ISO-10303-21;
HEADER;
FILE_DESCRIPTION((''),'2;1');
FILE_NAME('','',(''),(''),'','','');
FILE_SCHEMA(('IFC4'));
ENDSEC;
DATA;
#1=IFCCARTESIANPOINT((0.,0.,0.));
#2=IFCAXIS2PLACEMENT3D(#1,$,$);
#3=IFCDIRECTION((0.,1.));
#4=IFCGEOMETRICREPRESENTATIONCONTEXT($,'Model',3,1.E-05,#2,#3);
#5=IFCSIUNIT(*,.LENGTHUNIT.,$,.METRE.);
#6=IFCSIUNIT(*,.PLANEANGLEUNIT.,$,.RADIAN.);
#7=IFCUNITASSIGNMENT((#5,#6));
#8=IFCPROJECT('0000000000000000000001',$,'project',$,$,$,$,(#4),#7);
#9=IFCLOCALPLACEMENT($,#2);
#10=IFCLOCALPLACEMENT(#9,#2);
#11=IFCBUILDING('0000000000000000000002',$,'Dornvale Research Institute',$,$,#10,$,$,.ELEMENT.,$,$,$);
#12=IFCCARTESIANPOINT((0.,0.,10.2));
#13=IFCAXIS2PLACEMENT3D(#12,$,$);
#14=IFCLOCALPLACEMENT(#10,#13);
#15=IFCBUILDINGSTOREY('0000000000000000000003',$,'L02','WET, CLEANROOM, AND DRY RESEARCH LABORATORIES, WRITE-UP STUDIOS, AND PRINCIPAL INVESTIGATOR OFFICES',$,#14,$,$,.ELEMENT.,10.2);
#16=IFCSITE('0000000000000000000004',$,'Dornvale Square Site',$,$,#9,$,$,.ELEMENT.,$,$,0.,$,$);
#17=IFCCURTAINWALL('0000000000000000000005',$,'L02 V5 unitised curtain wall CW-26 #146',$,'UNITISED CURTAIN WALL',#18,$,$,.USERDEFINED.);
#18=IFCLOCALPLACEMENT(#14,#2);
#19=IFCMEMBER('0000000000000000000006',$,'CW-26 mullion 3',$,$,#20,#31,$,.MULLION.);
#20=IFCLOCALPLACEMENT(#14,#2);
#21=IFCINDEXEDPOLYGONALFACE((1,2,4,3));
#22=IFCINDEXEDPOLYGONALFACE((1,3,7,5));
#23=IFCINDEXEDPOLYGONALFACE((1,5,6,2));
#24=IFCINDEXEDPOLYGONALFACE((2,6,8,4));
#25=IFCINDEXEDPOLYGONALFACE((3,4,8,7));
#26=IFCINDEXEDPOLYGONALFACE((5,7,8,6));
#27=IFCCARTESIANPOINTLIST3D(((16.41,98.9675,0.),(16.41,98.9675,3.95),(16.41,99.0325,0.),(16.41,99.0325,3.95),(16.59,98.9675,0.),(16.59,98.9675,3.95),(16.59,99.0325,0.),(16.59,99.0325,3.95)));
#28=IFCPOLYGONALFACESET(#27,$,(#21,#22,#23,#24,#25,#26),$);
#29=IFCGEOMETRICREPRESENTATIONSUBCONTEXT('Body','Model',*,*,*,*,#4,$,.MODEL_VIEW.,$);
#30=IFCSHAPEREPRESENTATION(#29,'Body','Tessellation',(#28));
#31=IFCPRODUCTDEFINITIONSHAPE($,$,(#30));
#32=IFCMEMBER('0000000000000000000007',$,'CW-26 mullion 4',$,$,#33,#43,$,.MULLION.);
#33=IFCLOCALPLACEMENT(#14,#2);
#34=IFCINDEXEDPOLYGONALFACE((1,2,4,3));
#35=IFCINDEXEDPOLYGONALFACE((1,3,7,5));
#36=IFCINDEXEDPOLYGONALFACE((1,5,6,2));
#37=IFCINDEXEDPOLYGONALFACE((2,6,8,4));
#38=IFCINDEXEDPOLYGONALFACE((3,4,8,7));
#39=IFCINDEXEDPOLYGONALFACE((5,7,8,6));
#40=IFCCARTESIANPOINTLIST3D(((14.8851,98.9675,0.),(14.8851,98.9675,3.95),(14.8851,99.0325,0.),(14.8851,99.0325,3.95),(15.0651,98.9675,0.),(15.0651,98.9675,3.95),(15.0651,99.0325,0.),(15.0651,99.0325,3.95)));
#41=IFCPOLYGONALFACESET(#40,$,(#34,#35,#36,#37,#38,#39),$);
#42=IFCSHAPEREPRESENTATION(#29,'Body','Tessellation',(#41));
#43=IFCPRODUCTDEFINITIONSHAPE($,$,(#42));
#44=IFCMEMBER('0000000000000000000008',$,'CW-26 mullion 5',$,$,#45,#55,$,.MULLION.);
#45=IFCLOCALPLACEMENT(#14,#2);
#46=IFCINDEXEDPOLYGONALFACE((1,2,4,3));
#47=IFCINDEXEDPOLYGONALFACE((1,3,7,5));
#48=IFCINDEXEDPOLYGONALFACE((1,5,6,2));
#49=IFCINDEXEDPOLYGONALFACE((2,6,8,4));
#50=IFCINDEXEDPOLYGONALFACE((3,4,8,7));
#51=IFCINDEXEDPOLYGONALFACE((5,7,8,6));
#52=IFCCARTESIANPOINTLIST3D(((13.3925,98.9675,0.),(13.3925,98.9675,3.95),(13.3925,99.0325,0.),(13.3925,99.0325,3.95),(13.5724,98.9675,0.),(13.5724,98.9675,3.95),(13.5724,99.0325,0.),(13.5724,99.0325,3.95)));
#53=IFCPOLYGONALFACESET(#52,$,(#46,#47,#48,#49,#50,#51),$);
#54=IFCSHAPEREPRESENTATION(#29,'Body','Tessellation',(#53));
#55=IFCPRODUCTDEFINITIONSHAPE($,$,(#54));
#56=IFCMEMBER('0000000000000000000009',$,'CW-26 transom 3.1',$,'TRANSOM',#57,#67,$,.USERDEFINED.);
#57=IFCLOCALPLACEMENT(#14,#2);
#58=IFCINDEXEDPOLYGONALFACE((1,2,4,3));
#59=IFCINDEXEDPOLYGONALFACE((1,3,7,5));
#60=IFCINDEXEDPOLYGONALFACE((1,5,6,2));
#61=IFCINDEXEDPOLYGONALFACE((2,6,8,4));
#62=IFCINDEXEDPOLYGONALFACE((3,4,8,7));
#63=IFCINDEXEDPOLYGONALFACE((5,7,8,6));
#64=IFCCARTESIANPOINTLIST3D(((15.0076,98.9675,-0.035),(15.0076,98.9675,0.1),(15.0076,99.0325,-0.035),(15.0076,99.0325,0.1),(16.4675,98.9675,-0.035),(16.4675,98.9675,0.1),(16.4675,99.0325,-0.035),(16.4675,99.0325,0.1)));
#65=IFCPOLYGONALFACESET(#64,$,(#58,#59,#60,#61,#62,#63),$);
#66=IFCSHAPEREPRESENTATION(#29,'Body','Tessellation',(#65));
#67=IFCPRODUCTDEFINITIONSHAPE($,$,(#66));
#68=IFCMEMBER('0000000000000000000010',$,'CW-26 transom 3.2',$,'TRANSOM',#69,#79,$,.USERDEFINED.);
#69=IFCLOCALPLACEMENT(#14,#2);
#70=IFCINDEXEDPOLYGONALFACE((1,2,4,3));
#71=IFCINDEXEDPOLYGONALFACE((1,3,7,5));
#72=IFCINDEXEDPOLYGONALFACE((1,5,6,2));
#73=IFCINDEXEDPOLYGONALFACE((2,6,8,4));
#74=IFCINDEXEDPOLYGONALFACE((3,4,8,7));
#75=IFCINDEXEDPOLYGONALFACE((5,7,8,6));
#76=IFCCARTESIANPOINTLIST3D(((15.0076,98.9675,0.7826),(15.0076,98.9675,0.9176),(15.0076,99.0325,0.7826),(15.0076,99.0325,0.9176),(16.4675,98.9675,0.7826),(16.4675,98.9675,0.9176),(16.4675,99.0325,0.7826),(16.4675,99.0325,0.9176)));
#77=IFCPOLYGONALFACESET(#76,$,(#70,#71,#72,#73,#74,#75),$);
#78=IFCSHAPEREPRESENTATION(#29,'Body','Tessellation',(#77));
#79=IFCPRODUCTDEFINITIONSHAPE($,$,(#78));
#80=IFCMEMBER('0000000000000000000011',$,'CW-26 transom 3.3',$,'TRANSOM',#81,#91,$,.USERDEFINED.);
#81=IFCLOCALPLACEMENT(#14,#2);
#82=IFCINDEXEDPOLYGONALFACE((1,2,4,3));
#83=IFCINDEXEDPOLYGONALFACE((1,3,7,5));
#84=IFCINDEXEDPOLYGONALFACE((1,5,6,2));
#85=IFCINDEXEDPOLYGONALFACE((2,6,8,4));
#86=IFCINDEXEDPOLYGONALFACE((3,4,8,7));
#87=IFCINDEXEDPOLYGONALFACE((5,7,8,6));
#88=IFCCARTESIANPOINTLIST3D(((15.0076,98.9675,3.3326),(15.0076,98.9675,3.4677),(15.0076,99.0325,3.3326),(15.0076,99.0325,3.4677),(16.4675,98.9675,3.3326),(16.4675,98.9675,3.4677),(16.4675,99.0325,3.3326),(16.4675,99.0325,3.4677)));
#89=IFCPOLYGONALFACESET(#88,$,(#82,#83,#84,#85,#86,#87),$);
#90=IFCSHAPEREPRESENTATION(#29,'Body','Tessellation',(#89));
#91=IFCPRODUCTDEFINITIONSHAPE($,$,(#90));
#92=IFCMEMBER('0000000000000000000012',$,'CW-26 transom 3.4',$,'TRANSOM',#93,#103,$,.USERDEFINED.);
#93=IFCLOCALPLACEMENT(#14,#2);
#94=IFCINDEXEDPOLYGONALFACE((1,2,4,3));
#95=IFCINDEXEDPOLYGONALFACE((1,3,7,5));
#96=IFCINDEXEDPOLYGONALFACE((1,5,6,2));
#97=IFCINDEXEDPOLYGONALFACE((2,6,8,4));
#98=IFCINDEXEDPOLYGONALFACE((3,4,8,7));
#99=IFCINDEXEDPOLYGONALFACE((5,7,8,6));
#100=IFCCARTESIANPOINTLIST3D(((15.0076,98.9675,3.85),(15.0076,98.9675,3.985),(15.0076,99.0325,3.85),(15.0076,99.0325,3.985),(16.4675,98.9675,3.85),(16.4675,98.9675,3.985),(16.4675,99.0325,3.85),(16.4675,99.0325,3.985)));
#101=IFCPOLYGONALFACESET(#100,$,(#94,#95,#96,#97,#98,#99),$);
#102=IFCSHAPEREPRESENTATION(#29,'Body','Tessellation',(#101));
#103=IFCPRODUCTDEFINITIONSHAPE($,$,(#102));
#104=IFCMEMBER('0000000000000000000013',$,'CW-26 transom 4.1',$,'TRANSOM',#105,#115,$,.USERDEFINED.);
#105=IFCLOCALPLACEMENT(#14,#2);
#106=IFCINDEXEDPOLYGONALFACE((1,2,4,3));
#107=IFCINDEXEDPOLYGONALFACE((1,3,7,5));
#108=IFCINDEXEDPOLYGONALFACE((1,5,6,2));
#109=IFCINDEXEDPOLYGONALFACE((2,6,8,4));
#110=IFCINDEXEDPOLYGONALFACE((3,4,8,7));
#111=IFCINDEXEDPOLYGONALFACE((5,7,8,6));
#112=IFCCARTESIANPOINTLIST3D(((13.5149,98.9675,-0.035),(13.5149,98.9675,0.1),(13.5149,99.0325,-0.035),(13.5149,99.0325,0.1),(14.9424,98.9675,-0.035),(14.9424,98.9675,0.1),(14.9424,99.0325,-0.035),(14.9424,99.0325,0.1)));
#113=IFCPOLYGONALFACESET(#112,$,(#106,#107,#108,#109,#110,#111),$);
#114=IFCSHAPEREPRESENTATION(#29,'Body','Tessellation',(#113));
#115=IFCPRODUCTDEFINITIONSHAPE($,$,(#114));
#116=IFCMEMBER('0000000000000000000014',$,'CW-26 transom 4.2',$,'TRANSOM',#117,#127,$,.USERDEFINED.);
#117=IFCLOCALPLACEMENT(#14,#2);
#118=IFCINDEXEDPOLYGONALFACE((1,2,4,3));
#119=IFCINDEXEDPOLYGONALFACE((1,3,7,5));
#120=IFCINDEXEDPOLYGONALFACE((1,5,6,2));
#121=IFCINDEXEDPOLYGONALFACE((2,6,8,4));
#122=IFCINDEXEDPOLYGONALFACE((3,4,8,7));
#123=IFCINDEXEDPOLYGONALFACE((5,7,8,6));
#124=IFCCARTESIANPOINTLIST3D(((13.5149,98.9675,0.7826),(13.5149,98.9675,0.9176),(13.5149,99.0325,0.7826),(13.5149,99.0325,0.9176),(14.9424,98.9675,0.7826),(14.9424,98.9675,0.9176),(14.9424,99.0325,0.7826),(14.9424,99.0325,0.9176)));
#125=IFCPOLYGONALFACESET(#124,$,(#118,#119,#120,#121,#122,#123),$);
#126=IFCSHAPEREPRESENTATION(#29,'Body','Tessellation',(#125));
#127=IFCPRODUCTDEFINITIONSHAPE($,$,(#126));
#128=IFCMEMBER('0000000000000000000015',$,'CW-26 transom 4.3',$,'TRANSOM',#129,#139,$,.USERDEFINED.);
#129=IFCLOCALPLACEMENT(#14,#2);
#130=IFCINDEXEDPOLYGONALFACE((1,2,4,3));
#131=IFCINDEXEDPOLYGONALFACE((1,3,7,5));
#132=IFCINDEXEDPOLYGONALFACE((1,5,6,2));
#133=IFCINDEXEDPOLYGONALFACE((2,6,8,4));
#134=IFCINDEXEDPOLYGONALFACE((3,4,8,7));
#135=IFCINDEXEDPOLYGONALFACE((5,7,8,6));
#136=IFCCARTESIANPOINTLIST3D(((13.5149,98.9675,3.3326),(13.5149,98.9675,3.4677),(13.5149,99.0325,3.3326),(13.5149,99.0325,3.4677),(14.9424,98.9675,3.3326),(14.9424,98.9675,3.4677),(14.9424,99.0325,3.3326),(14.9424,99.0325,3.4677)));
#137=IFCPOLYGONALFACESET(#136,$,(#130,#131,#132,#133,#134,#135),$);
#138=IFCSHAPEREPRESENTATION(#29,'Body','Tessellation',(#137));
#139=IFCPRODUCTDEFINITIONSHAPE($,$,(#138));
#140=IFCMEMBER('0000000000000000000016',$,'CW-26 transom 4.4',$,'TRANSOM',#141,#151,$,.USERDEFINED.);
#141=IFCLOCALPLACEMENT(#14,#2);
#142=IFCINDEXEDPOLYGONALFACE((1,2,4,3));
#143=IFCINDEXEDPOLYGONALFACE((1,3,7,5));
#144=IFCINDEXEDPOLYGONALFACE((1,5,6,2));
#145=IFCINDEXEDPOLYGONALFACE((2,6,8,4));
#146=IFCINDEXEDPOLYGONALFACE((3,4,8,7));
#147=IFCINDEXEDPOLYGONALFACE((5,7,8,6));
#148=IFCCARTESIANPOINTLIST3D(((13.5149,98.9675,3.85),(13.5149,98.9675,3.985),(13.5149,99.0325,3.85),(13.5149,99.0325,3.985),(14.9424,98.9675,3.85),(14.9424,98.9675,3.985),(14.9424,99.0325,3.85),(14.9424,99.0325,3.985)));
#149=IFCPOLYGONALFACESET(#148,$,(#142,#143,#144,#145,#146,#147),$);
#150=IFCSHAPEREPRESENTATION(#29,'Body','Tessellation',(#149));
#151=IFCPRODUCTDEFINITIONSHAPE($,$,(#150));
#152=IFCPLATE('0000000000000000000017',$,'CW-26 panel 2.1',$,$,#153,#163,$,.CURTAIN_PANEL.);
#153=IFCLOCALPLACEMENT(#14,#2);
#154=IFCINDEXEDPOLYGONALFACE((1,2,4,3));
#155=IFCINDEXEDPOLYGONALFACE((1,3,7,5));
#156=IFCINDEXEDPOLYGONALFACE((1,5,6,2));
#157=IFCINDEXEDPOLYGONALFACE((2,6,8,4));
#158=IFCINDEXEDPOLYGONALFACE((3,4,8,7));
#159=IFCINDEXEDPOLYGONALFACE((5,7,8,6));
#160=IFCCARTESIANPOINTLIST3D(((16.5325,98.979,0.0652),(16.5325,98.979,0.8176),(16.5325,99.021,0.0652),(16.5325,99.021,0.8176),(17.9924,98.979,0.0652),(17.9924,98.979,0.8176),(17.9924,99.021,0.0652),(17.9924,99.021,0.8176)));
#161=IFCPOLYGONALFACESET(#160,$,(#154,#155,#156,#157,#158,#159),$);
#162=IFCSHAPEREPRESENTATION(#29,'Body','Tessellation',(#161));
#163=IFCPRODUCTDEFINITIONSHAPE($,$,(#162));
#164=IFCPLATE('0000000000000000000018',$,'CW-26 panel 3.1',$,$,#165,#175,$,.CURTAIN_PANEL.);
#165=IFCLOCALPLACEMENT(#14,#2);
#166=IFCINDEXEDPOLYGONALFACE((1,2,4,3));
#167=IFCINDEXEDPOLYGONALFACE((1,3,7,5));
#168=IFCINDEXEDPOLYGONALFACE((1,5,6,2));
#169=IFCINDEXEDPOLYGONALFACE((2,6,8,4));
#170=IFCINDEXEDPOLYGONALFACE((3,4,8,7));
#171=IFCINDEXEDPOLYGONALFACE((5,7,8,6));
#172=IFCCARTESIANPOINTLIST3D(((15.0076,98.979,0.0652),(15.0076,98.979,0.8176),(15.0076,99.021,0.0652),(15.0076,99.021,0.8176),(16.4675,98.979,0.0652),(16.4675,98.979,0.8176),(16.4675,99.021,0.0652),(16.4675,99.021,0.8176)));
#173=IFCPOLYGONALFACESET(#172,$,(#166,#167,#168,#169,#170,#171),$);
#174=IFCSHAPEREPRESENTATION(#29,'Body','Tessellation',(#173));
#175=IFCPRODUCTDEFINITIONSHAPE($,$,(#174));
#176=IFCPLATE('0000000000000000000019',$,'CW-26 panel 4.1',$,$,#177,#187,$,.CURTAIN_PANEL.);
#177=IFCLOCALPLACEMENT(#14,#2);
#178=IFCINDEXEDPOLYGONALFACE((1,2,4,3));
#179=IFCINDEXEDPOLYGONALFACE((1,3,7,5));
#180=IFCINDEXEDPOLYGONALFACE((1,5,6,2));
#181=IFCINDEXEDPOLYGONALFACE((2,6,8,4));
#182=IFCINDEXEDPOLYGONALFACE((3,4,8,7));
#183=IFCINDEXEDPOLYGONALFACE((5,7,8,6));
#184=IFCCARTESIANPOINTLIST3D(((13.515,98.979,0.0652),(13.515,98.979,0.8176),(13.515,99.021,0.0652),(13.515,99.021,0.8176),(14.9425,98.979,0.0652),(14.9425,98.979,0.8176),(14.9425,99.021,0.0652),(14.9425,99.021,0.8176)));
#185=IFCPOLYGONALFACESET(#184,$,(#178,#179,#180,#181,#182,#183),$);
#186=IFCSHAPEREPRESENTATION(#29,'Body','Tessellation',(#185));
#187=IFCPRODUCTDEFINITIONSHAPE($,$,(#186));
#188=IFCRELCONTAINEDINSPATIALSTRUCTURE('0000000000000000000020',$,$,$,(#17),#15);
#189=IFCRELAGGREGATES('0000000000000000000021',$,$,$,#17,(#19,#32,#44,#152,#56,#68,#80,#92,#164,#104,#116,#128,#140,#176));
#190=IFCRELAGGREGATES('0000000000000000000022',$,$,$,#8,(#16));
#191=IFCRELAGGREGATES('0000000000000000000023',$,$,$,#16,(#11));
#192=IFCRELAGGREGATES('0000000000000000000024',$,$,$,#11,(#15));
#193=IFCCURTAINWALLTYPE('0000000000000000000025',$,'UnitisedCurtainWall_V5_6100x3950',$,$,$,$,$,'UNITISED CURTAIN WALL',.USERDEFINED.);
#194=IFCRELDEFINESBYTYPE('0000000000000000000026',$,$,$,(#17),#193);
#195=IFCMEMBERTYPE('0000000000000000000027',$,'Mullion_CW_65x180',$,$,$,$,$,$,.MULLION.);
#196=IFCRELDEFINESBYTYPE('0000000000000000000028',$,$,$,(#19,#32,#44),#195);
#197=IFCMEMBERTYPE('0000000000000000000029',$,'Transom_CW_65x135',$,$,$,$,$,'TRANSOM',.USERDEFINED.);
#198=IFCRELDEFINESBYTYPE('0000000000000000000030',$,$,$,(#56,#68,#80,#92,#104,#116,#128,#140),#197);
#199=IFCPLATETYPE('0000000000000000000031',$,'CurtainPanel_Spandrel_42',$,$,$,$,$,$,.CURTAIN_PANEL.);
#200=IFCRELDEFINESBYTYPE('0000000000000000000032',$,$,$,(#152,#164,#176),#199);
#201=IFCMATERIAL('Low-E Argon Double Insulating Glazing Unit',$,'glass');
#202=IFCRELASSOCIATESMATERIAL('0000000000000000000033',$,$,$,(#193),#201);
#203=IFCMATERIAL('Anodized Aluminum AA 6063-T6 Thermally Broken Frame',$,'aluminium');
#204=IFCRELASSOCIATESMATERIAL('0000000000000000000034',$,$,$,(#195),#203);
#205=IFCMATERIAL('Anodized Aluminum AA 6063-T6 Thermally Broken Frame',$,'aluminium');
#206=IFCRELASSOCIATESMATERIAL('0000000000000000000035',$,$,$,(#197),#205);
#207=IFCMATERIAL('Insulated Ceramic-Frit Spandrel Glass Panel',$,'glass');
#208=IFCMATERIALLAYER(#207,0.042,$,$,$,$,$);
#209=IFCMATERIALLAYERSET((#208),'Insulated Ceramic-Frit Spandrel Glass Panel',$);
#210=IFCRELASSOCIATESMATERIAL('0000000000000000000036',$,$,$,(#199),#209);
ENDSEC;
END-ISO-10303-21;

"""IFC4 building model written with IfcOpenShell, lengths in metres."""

from ifc_helpers import new_model, si_unit, direction, frame, origin, origin_2d, place, context, subcontext, project, spatial, rectangle, extrude, material, layer, layer_set, material_profile, profile_set, type_object, element, aggregate, save


model = new_model("IFC4")

# Units and contexts
model_context = context("Model", 3, precision=1e-05, world=origin(), true_north=direction((0.0, 1.0)))
body_context = subcontext(model_context, "Body", "Model", "MODEL_VIEW")
ifc_project = project(units=[si_unit("LENGTHUNIT", "METRE"), si_unit("PLANEANGLEUNIT", "RADIAN")], contexts=[model_context])

# Site, building, storey
site_placement = place(None, origin())
site = spatial("IfcSite", under=ifc_project, at=site_placement, Name="Dornvale Square Site", CompositionType="ELEMENT", RefElevation=0.0)
building_placement = place(site_placement, origin())
building = spatial("IfcBuilding", under=site, at=building_placement, Name="Dornvale Research Institute", CompositionType="ELEMENT")
storey_placement = place(building_placement, frame((0.0, 0.0, 10.2)))
storey = spatial("IfcBuildingStorey", under=building, at=storey_placement, Name="L02", Description="WET, CLEANROOM, AND DRY RESEARCH LABORATORIES, WRITE-UP STUDIOS, AND PRINCIPAL INVESTIGATOR OFFICES", CompositionType="ELEMENT", Elevation=10.2)

# Curtain wall, members, plates
ifc_material_1 = material(Name="Low-E Argon Double Insulating Glazing Unit", Category="glass")
curtain_wall_type = type_object("IfcCurtainWallType", Name="UnitisedCurtainWall_V5_6100x3950", ElementType="UNITISED CURTAIN WALL", PredefinedType="USERDEFINED", material=ifc_material_1)
curtain_wall_placement = place(storey_placement, origin())
curtain_wall = element("IfcCurtainWall", 1, at=curtain_wall_placement, inside=storey, type_object=curtain_wall_type, Name="L02 V5 unitised curtain wall CW-26 #146", ObjectType="UNITISED CURTAIN WALL", PredefinedType="USERDEFINED")
ifc_material_2 = material(Name="Anodized Aluminum AA 6063-T6 Thermally Broken Frame", Category="aluminium")
ifc_material_profile_1 = material_profile(ifc_material_2, rectangle(XDim=0.0649, YDim=0.1799, at=origin_2d()), Name="ALU MULLION 65x180")
ifc_profile_set_1 = profile_set([ifc_material_profile_1], Name="Anodized Aluminum AA 6063-T6 Thermally Broken Frame")
member_type_1 = type_object("IfcMemberType", Name="Mullion_CW_65x180", PredefinedType="MULLION", material=ifc_profile_set_1)
member_1_placement = place(storey_placement, frame((16.5, 99.0, 0.0), z_axis=(0.0, 0.0, 1.0), x_axis=(0.0, -1.0, 0.0)))
member_1 = element("IfcMember", 2, at=member_1_placement, type_object=member_type_1, Name="CW-26 mullion 3", PredefinedType="MULLION", context=body_context, shape_type="SweptSolid", body=[
    extrude(rectangle(XDim=0.0649, YDim=0.1799, at=origin_2d()), origin(), (0.0, 0.0, 1.0), 3.95),
])
member_2_placement = place(storey_placement, frame((14.9751, 99.0, 0.0), z_axis=(0.0, 0.0, 1.0), x_axis=(0.0, -1.0, 0.0)))
member_2 = element("IfcMember", 3, at=member_2_placement, type_object=member_type_1, Name="CW-26 mullion 4", PredefinedType="MULLION", context=body_context, shape_type="SweptSolid", body=[
    extrude(rectangle(XDim=0.0649, YDim=0.1799, at=origin_2d()), origin(), (0.0, 0.0, 1.0), 3.95),
])
member_3_placement = place(storey_placement, frame((13.4824, 99.0, 0.0), z_axis=(0.0, 0.0, 1.0), x_axis=(0.0, -1.0, 0.0)))
member_3 = element("IfcMember", 4, at=member_3_placement, type_object=member_type_1, Name="CW-26 mullion 5", PredefinedType="MULLION", context=body_context, shape_type="SweptSolid", body=[
    extrude(rectangle(XDim=0.0649, YDim=0.1799, at=origin_2d()), origin(), (0.0, 0.0, 1.0), 3.95),
])
ifc_material_3 = material(Name="Anodized Aluminum AA 6063-T6 Thermally Broken Frame", Category="aluminium")
ifc_material_profile_2 = material_profile(ifc_material_3, rectangle(XDim=0.0649, YDim=0.135, at=origin_2d()), Name="ALU TRANSOM 65x135")
ifc_profile_set_2 = profile_set([ifc_material_profile_2], Name="Anodized Aluminum AA 6063-T6 Thermally Broken Frame")
member_type_2 = type_object("IfcMemberType", Name="Transom_CW_65x135", ElementType="TRANSOM", PredefinedType="USERDEFINED", material=ifc_profile_set_2)
member_4_placement = place(storey_placement, frame((16.4675, 99.0, 0.0325), z_axis=(-1.0, 0.0, 0.0), x_axis=(0.0, -1.0, 0.0)))
member_4 = element("IfcMember", 5, at=member_4_placement, type_object=member_type_2, Name="CW-26 transom 3.1", ObjectType="TRANSOM", PredefinedType="USERDEFINED", context=body_context, shape_type="SweptSolid", body=[
    extrude(rectangle(XDim=0.0649, YDim=0.135, at=origin_2d()), origin(), (0.0, 0.0, 1.0), 1.46),
])
member_5_placement = place(storey_placement, frame((16.4675, 99.0, 0.8501), z_axis=(-1.0, 0.0, 0.0), x_axis=(0.0, -1.0, 0.0)))
member_5 = element("IfcMember", 6, at=member_5_placement, type_object=member_type_2, Name="CW-26 transom 3.2", ObjectType="TRANSOM", PredefinedType="USERDEFINED", context=body_context, shape_type="SweptSolid", body=[
    extrude(rectangle(XDim=0.0649, YDim=0.135, at=origin_2d()), origin(), (0.0, 0.0, 1.0), 1.46),
])
member_6_placement = place(storey_placement, frame((16.4675, 99.0, 3.4001), z_axis=(-1.0, 0.0, 0.0), x_axis=(0.0, -1.0, 0.0)))
member_6 = element("IfcMember", 7, at=member_6_placement, type_object=member_type_2, Name="CW-26 transom 3.3", ObjectType="TRANSOM", PredefinedType="USERDEFINED", context=body_context, shape_type="SweptSolid", body=[
    extrude(rectangle(XDim=0.0649, YDim=0.135, at=origin_2d()), origin(), (0.0, 0.0, 1.0), 1.46),
])
member_7_placement = place(storey_placement, frame((16.4675, 99.0, 3.9175), z_axis=(-1.0, 0.0, 0.0), x_axis=(0.0, -1.0, 0.0)))
member_7 = element("IfcMember", 8, at=member_7_placement, type_object=member_type_2, Name="CW-26 transom 3.4", ObjectType="TRANSOM", PredefinedType="USERDEFINED", context=body_context, shape_type="SweptSolid", body=[
    extrude(rectangle(XDim=0.0649, YDim=0.135, at=origin_2d()), origin(), (0.0, 0.0, 1.0), 1.46),
])
member_8_placement = place(storey_placement, frame((14.9424, 99.0, 0.0325), z_axis=(-1.0, 0.0, 0.0), x_axis=(0.0, -1.0, 0.0)))
member_8 = element("IfcMember", 9, at=member_8_placement, type_object=member_type_2, Name="CW-26 transom 4.1", ObjectType="TRANSOM", PredefinedType="USERDEFINED", context=body_context, shape_type="SweptSolid", body=[
    extrude(rectangle(XDim=0.0649, YDim=0.135, at=origin_2d()), origin(), (0.0, 0.0, 1.0), 1.4275),
])
member_9_placement = place(storey_placement, frame((14.9424, 99.0, 0.8501), z_axis=(-1.0, 0.0, 0.0), x_axis=(0.0, -1.0, 0.0)))
member_9 = element("IfcMember", 10, at=member_9_placement, type_object=member_type_2, Name="CW-26 transom 4.2", ObjectType="TRANSOM", PredefinedType="USERDEFINED", context=body_context, shape_type="SweptSolid", body=[
    extrude(rectangle(XDim=0.0649, YDim=0.135, at=origin_2d()), origin(), (0.0, 0.0, 1.0), 1.4275),
])
member_10_placement = place(storey_placement, frame((14.9424, 99.0, 3.4001), z_axis=(-1.0, 0.0, 0.0), x_axis=(0.0, -1.0, 0.0)))
member_10 = element("IfcMember", 11, at=member_10_placement, type_object=member_type_2, Name="CW-26 transom 4.3", ObjectType="TRANSOM", PredefinedType="USERDEFINED", context=body_context, shape_type="SweptSolid", body=[
    extrude(rectangle(XDim=0.0649, YDim=0.135, at=origin_2d()), origin(), (0.0, 0.0, 1.0), 1.4275),
])
member_11_placement = place(storey_placement, frame((14.9424, 99.0, 3.9175), z_axis=(-1.0, 0.0, 0.0), x_axis=(0.0, -1.0, 0.0)))
member_11 = element("IfcMember", 12, at=member_11_placement, type_object=member_type_2, Name="CW-26 transom 4.4", ObjectType="TRANSOM", PredefinedType="USERDEFINED", context=body_context, shape_type="SweptSolid", body=[
    extrude(rectangle(XDim=0.0649, YDim=0.135, at=origin_2d()), origin(), (0.0, 0.0, 1.0), 1.4275),
])
ifc_material_4 = material(Name="Insulated Ceramic-Frit Spandrel Glass Panel", Category="glass")
ifc_layer_1 = layer(ifc_material_4, 0.042)
ifc_layer_set_1 = layer_set([ifc_layer_1], Name="Insulated Ceramic-Frit Spandrel Glass Panel")
plate_type_1 = type_object("IfcPlateType", Name="CurtainPanel_Spandrel_42", PredefinedType="CURTAIN_PANEL", material=ifc_layer_set_1)
plate_1_placement = place(storey_placement, frame((17.2625, 99.0, 0.0652), z_axis=(0.0, 0.0, 1.0), x_axis=(-1.0, 0.0, 0.0)))
plate_1 = element("IfcPlate", 13, at=plate_1_placement, type_object=plate_type_1, Name="CW-26 panel 2.1", PredefinedType="CURTAIN_PANEL", context=body_context, shape_type="SweptSolid", body=[
    extrude(rectangle(XDim=1.46, YDim=0.042, at=origin_2d()), origin(), (0.0, 0.0, 1.0), 0.7524),
])
plate_2_placement = place(storey_placement, frame((15.7375, 99.0, 0.0652), z_axis=(0.0, 0.0, 1.0), x_axis=(-1.0, 0.0, 0.0)))
plate_2 = element("IfcPlate", 14, at=plate_2_placement, type_object=plate_type_1, Name="CW-26 panel 3.1", PredefinedType="CURTAIN_PANEL", context=body_context, shape_type="SweptSolid", body=[
    extrude(rectangle(XDim=1.46, YDim=0.042, at=origin_2d()), origin(), (0.0, 0.0, 1.0), 0.7524),
])
plate_3_placement = place(storey_placement, frame((14.2288, 99.0, 0.0652), z_axis=(0.0, 0.0, 1.0), x_axis=(-1.0, 0.0, 0.0)))
plate_3 = element("IfcPlate", 15, at=plate_3_placement, type_object=plate_type_1, Name="CW-26 panel 4.1", PredefinedType="CURTAIN_PANEL", context=body_context, shape_type="SweptSolid", body=[
    extrude(rectangle(XDim=1.4275, YDim=0.042, at=origin_2d()), origin(), (0.0, 0.0, 1.0), 0.7524),
])
aggregate(curtain_wall, [member_1, member_2, member_3, plate_1, member_4, member_5, member_6, member_7, plate_2, member_8, member_9, member_10, member_11, plate_3])

save(model, "model.ifc")
